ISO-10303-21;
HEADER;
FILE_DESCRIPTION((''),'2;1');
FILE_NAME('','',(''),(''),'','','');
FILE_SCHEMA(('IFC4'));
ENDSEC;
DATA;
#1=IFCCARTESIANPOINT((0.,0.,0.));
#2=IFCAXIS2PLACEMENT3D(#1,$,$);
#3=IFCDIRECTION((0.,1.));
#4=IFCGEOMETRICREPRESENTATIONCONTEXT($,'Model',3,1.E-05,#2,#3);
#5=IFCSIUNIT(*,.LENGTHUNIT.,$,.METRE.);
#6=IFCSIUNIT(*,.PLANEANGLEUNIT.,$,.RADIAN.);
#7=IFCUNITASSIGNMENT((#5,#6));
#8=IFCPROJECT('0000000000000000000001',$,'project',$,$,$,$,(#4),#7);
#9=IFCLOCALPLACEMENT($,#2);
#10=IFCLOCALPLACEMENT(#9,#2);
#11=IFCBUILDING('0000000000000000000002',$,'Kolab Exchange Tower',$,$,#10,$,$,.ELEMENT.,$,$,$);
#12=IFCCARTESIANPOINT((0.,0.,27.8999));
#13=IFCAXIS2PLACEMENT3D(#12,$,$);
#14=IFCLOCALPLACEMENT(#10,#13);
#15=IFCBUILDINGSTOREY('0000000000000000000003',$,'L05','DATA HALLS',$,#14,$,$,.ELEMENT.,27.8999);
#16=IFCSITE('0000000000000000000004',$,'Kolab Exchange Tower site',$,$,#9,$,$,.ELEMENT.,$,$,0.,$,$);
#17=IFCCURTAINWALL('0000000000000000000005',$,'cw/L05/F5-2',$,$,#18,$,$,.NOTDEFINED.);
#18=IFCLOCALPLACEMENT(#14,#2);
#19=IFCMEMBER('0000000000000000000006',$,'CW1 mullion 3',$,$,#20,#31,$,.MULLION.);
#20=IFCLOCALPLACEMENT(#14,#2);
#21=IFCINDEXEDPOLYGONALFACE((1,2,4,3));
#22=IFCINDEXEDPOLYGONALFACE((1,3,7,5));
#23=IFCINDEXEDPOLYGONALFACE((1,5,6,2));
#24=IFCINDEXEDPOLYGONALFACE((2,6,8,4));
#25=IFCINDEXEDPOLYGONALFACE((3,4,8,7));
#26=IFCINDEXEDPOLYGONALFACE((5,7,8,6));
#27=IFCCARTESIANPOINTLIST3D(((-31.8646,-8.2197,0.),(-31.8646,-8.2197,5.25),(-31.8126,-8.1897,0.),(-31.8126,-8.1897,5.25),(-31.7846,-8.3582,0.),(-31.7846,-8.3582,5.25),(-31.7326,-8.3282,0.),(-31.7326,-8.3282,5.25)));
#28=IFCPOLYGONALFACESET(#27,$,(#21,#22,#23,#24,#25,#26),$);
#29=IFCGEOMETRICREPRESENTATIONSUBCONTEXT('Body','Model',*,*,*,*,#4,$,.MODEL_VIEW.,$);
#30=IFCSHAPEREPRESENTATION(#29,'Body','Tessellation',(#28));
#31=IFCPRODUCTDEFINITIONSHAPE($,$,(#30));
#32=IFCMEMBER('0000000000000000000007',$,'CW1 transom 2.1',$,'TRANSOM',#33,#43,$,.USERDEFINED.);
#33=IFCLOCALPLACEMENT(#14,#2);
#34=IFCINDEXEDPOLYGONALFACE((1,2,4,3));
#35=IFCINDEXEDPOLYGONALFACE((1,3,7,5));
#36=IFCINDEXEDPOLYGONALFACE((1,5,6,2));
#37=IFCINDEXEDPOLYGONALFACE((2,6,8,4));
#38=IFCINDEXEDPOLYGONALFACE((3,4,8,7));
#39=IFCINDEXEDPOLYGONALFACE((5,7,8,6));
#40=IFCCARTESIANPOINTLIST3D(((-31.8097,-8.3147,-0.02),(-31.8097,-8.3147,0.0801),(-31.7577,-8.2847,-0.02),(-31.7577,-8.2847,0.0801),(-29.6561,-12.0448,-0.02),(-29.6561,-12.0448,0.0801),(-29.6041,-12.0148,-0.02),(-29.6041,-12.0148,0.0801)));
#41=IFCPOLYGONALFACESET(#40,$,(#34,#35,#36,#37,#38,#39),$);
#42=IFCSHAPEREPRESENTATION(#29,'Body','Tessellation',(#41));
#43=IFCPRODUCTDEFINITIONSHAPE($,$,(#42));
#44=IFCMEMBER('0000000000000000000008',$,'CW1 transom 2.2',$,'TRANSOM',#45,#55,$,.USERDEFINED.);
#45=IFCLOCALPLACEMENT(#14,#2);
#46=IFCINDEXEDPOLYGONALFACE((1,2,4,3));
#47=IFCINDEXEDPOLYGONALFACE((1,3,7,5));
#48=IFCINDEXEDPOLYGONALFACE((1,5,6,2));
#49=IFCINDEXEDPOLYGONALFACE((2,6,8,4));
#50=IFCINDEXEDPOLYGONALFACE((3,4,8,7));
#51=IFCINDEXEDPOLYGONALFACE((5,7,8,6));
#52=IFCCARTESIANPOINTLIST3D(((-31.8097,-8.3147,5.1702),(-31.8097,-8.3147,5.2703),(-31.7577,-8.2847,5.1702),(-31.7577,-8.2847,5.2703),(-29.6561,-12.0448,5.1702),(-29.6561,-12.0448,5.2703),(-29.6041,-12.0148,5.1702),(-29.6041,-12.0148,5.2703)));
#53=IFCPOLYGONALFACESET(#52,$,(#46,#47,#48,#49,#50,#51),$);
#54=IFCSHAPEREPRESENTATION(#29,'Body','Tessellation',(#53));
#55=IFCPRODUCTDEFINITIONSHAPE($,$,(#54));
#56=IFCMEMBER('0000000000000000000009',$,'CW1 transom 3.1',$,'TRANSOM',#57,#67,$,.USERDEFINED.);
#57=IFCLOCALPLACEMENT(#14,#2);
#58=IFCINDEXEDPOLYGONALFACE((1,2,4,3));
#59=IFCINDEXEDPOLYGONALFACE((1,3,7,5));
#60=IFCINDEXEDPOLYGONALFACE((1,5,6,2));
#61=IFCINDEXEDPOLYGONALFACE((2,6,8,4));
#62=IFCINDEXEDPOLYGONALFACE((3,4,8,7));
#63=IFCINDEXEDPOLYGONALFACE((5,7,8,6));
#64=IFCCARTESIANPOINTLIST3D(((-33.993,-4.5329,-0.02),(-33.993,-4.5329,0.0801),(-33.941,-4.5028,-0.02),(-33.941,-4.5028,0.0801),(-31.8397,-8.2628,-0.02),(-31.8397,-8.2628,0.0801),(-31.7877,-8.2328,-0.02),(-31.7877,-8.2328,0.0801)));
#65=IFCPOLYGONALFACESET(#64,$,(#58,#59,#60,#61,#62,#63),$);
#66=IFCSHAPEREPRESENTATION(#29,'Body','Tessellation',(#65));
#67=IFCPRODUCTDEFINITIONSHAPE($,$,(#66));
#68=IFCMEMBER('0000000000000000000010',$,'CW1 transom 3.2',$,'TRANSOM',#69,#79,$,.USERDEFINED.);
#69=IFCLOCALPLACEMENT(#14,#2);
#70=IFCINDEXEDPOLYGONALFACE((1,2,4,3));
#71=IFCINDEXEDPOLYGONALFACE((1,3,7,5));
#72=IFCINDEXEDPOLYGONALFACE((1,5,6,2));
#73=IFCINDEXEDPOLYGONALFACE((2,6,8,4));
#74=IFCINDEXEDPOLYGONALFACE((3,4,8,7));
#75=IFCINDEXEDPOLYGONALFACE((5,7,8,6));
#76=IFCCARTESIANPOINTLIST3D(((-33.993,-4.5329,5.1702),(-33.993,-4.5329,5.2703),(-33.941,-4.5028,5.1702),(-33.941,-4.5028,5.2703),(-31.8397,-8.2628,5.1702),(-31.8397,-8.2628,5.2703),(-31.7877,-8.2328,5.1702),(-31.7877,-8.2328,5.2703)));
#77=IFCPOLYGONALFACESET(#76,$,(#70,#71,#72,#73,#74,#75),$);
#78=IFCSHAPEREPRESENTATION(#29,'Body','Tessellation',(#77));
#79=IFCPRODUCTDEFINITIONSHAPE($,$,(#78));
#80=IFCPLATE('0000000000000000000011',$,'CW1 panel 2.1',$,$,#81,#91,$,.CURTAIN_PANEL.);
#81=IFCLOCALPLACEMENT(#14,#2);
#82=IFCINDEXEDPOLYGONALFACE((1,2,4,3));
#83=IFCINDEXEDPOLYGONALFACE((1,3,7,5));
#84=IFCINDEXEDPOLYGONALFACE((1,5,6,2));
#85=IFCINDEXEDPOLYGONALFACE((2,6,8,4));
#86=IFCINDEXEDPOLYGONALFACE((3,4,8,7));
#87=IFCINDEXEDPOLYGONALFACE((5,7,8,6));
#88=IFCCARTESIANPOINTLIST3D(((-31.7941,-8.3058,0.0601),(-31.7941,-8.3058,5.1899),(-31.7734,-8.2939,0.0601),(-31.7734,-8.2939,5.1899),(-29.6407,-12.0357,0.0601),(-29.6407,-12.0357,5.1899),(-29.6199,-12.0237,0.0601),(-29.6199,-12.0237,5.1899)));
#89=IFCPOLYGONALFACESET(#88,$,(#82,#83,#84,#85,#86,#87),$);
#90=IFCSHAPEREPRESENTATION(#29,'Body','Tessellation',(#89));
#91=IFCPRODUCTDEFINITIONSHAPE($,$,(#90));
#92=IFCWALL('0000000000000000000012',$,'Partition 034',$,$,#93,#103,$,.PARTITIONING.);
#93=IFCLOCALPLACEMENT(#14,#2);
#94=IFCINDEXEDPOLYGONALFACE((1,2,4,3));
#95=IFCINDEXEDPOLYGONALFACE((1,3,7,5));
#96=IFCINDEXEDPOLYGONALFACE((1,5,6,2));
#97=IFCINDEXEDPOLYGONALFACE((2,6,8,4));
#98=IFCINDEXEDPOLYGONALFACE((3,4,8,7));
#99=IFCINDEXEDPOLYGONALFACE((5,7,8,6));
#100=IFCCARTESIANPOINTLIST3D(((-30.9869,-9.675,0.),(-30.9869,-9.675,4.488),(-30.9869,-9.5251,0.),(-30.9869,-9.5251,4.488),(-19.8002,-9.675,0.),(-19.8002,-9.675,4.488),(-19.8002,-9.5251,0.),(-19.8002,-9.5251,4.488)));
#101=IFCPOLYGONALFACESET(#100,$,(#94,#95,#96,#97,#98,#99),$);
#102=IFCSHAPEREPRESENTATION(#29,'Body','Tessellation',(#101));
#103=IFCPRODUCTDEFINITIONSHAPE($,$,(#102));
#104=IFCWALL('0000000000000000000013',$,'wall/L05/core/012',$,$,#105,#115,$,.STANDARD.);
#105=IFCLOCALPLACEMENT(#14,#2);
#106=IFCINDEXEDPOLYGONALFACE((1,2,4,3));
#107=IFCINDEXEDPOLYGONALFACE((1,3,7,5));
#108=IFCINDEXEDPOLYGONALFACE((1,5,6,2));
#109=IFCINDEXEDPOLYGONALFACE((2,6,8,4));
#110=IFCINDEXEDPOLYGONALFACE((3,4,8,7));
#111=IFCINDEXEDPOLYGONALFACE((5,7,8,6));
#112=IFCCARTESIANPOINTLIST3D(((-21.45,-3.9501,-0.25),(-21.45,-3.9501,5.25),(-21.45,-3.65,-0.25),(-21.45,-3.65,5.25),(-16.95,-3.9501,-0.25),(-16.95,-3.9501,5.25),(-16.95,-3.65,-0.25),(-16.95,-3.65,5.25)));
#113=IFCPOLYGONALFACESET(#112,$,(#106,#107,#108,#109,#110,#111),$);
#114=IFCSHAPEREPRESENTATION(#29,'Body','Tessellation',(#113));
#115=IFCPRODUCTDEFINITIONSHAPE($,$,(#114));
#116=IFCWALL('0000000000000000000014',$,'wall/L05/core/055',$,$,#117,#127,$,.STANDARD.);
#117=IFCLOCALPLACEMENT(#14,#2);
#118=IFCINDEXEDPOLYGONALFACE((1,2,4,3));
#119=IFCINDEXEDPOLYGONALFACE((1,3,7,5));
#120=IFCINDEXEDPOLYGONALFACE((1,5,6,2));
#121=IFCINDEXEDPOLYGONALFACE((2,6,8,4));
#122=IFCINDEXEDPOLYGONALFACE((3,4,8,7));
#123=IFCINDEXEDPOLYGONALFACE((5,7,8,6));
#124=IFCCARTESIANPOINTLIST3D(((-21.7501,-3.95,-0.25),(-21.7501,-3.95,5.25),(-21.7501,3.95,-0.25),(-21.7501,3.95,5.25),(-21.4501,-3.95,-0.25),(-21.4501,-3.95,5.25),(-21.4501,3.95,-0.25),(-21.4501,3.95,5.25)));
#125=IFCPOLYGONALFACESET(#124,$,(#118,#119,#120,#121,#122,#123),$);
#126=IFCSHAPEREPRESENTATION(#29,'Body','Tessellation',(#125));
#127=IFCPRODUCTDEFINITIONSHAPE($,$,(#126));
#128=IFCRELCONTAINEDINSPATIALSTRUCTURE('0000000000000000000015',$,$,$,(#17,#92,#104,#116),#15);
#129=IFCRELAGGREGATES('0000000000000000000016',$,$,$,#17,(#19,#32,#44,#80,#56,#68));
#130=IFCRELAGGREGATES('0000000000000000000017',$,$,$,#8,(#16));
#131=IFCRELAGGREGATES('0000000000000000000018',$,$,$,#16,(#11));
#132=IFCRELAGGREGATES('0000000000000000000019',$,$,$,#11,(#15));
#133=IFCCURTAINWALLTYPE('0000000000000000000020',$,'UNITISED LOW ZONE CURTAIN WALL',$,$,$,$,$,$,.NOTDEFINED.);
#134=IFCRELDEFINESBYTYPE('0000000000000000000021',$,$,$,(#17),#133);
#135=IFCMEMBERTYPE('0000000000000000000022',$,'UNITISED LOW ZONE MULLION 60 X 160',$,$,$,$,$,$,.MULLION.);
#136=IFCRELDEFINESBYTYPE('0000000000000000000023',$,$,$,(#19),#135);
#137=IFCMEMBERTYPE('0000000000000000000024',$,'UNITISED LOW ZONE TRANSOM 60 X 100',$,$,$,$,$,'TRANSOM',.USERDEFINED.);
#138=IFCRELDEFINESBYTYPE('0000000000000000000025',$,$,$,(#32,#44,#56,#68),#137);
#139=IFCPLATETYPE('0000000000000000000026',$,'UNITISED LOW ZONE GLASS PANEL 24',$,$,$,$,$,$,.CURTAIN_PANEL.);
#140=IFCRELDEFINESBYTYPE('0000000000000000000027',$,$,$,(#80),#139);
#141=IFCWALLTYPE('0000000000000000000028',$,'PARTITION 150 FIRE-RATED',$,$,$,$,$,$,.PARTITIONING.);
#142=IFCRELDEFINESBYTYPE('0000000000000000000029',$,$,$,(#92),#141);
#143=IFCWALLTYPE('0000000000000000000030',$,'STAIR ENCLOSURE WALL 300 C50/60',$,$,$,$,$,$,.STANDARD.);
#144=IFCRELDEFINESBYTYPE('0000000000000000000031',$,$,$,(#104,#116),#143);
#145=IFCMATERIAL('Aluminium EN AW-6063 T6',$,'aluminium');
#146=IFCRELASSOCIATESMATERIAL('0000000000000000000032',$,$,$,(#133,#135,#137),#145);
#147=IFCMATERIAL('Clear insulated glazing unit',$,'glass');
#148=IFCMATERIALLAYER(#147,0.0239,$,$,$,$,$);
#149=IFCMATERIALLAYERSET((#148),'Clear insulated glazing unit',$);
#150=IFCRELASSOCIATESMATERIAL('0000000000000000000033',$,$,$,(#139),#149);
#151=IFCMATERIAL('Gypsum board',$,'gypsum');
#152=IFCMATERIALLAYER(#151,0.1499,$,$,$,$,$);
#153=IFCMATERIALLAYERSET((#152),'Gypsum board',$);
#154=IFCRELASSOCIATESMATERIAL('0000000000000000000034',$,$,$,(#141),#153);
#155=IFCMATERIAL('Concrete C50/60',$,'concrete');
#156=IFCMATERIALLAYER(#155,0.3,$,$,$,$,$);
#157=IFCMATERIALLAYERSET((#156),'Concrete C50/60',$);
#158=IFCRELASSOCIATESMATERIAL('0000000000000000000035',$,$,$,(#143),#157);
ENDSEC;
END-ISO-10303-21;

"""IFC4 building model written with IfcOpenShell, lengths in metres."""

from ifc_helpers import new_model, si_unit, direction, frame, frame_2d, origin, origin_2d, place, context, subcontext, project, spatial, rectangle, extrude, material, layer, layer_set, material_profile, profile_set, type_object, element, aggregate, save


model = new_model("IFC4")

# Units and contexts
model_context = context("Model", 3, precision=1e-05, world=origin(), true_north=direction((0.0, 1.0)))
body_context = subcontext(model_context, "Body", "Model", "MODEL_VIEW")
ifc_project = project(units=[si_unit("LENGTHUNIT", "METRE"), si_unit("PLANEANGLEUNIT", "RADIAN")], contexts=[model_context])

# Site, building, storey
site_placement = place(None, origin())
site = spatial("IfcSite", under=ifc_project, at=site_placement, Name="Kolab Exchange Tower site", CompositionType="ELEMENT", RefElevation=0.0)
building_placement = place(site_placement, origin())
building = spatial("IfcBuilding", under=site, at=building_placement, Name="Kolab Exchange Tower", CompositionType="ELEMENT")
storey_placement = place(building_placement, frame((0.0, 0.0, 27.8999)))
storey = spatial("IfcBuildingStorey", under=building, at=storey_placement, Name="L05", Description="DATA HALLS", CompositionType="ELEMENT", Elevation=27.8999)

# Curtain wall, members, plate
ifc_material_1 = material(Name="Aluminium EN AW-6063 T6", Category="aluminium")
curtain_wall_type = type_object("IfcCurtainWallType", Name="UNITISED LOW ZONE CURTAIN WALL", PredefinedType="NOTDEFINED", material=ifc_material_1)
curtain_wall_placement = place(storey_placement, origin())
curtain_wall = element("IfcCurtainWall", 1, at=curtain_wall_placement, inside=storey, type_object=curtain_wall_type, Name="cw/L05/F5-2", PredefinedType="NOTDEFINED")
ifc_material_profile_1 = material_profile(ifc_material_1, rectangle(XDim=0.0601, YDim=0.1599, at=origin_2d()), Name="RECT 60X160")
ifc_profile_set_1 = profile_set([ifc_material_profile_1], Name="Aluminium EN AW-6063 T6")
member_type_1 = type_object("IfcMemberType", Name="UNITISED LOW ZONE MULLION 60 X 160", PredefinedType="MULLION", material=ifc_profile_set_1)
member_1_placement = place(storey_placement, frame((-31.7986, -8.2739, 0.0), z_axis=(0.0, 0.0, 1.0), x_axis=(-0.866025, -0.5, 0.0)))
member_1 = element("IfcMember", 2, at=member_1_placement, type_object=member_type_1, Name="CW1 mullion 3", PredefinedType="MULLION", context=body_context, shape_type="SweptSolid", body=[
    extrude(rectangle(XDim=0.0601, YDim=0.1599, at=origin_2d()), origin(), (0.0, 0.0, 1.0), 5.25),
])
ifc_material_profile_2 = material_profile(ifc_material_1, rectangle(XDim=0.0601, YDim=0.1001, at=origin_2d()), Name="RECT 60X100")
ifc_profile_set_2 = profile_set([ifc_material_profile_2], Name="Aluminium EN AW-6063 T6")
member_type_2 = type_object("IfcMemberType", Name="UNITISED LOW ZONE TRANSOM 60 X 100", ElementType="TRANSOM", PredefinedType="USERDEFINED", material=ifc_profile_set_2)
member_2_placement = place(storey_placement, frame((-29.6301, -12.0298, 0.03), z_axis=(-0.50001, 0.866019, 0.0), x_axis=(-0.866019, -0.50001, 0.0)))
member_2 = element("IfcMember", 3, at=member_2_placement, type_object=member_type_2, Name="CW1 transom 2.1", ObjectType="TRANSOM", PredefinedType="USERDEFINED", context=body_context, shape_type="SweptSolid", body=[
    extrude(rectangle(XDim=0.0601, YDim=0.1001, at=origin_2d()), origin(), (0.0, 0.0, 1.0), 4.3071),
])
member_3_placement = place(storey_placement, frame((-29.6301, -12.0298, 5.2202), z_axis=(-0.50001, 0.866019, 0.0), x_axis=(-0.866019, -0.50001, 0.0)))
member_3 = element("IfcMember", 4, at=member_3_placement, type_object=member_type_2, Name="CW1 transom 2.2", ObjectType="TRANSOM", PredefinedType="USERDEFINED", context=body_context, shape_type="SweptSolid", body=[
    extrude(rectangle(XDim=0.0601, YDim=0.1001, at=origin_2d()), origin(), (0.0, 0.0, 1.0), 4.3071),
])
member_4_placement = place(storey_placement, frame((-31.8137, -8.2478, 0.03), z_axis=(-0.499968, 0.866044, 0.0), x_axis=(-0.866044, -0.499968, 0.0)))
member_4 = element("IfcMember", 5, at=member_4_placement, type_object=member_type_2, Name="CW1 transom 3.1", ObjectType="TRANSOM", PredefinedType="USERDEFINED", context=body_context, shape_type="SweptSolid", body=[
    extrude(rectangle(XDim=0.0601, YDim=0.1001, at=origin_2d()), origin(), (0.0, 0.0, 1.0), 4.3069),
])
member_5_placement = place(storey_placement, frame((-31.8137, -8.2478, 5.2202), z_axis=(-0.499968, 0.866044, 0.0), x_axis=(-0.866044, -0.499968, 0.0)))
member_5 = element("IfcMember", 6, at=member_5_placement, type_object=member_type_2, Name="CW1 transom 3.2", ObjectType="TRANSOM", PredefinedType="USERDEFINED", context=body_context, shape_type="SweptSolid", body=[
    extrude(rectangle(XDim=0.0601, YDim=0.1001, at=origin_2d()), origin(), (0.0, 0.0, 1.0), 4.3069),
])
ifc_material_2 = material(Name="Clear insulated glazing unit", Category="glass")
ifc_layer_1 = layer(ifc_material_2, 0.0239)
ifc_layer_set_1 = layer_set([ifc_layer_1], Name="Clear insulated glazing unit")
plate_type = type_object("IfcPlateType", Name="UNITISED LOW ZONE GLASS PANEL 24", PredefinedType="CURTAIN_PANEL", material=ifc_layer_set_1)
plate_placement = place(storey_placement, frame((-30.707, -10.1648, 0.0601), z_axis=(0.0, 0.0, 1.0), x_axis=(-0.5, 0.866025, 0.0)))
plate = element("IfcPlate", 7, at=plate_placement, type_object=plate_type, Name="CW1 panel 2.1", PredefinedType="CURTAIN_PANEL", context=body_context, shape_type="SweptSolid", body=[
    extrude(rectangle(XDim=4.3069, YDim=0.0239, at=origin_2d()), origin(), (0.0, 0.0, 1.0), 5.1299),
])
aggregate(curtain_wall, [member_1, member_2, member_3, plate, member_4, member_5])

# Walls
ifc_material_3 = material(Name="Gypsum board", Category="gypsum")
ifc_layer_2 = layer(ifc_material_3, 0.1499)
ifc_layer_set_2 = layer_set([ifc_layer_2], Name="Gypsum board")
wall_type_1 = type_object("IfcWallType", Name="PARTITION 150 FIRE-RATED", PredefinedType="PARTITIONING", material=ifc_layer_set_2)
wall_1_placement = place(storey_placement, frame((-30.9868, -9.6001, 0.0), z_axis=(0.0, 0.0, 1.0), x_axis=(1.0, 0.0, 0.0)))
element("IfcWall", 8, at=wall_1_placement, inside=storey, type_object=wall_type_1, Name="Partition 034", PredefinedType="PARTITIONING", context=body_context, shape_type="SweptSolid", body=[
    extrude(rectangle(XDim=11.1868, YDim=0.1499, at=frame_2d((5.5933, 0.0))), origin(), (0.0, 0.0, 1.0), 4.488),
])
ifc_material_4 = material(Name="Concrete C50/60", Category="concrete")
ifc_layer_3 = layer(ifc_material_4, 0.3)
ifc_layer_set_3 = layer_set([ifc_layer_3], Name="Concrete C50/60")
wall_type_2 = type_object("IfcWallType", Name="STAIR ENCLOSURE WALL 300 C50/60", PredefinedType="STANDARD", material=ifc_layer_set_3)
wall_2_placement = place(storey_placement, frame((-21.45, -3.8, -0.25), z_axis=(0.0, 0.0, 1.0), x_axis=(1.0, 0.0, 0.0)))
element("IfcWall", 9, at=wall_2_placement, inside=storey, type_object=wall_type_2, Name="wall/L05/core/012", PredefinedType="STANDARD", context=body_context, shape_type="SweptSolid", body=[
    extrude(rectangle(XDim=4.5, YDim=0.3, at=frame_2d((2.25, 0.0))), origin(), (0.0, 0.0, 1.0), 5.5),
])
wall_3_placement = place(storey_placement, frame((-21.6001, -3.95, -0.25), z_axis=(0.0, 0.0, 1.0), x_axis=(0.0, 1.0, 0.0)))
element("IfcWall", 10, at=wall_3_placement, inside=storey, type_object=wall_type_2, Name="wall/L05/core/055", PredefinedType="STANDARD", context=body_context, shape_type="SweptSolid", body=[
    extrude(rectangle(XDim=7.8999, YDim=0.3, at=frame_2d((3.95, 0.0))), origin(), (0.0, 0.0, 1.0), 5.5),
])

save(model, "model.ifc")
